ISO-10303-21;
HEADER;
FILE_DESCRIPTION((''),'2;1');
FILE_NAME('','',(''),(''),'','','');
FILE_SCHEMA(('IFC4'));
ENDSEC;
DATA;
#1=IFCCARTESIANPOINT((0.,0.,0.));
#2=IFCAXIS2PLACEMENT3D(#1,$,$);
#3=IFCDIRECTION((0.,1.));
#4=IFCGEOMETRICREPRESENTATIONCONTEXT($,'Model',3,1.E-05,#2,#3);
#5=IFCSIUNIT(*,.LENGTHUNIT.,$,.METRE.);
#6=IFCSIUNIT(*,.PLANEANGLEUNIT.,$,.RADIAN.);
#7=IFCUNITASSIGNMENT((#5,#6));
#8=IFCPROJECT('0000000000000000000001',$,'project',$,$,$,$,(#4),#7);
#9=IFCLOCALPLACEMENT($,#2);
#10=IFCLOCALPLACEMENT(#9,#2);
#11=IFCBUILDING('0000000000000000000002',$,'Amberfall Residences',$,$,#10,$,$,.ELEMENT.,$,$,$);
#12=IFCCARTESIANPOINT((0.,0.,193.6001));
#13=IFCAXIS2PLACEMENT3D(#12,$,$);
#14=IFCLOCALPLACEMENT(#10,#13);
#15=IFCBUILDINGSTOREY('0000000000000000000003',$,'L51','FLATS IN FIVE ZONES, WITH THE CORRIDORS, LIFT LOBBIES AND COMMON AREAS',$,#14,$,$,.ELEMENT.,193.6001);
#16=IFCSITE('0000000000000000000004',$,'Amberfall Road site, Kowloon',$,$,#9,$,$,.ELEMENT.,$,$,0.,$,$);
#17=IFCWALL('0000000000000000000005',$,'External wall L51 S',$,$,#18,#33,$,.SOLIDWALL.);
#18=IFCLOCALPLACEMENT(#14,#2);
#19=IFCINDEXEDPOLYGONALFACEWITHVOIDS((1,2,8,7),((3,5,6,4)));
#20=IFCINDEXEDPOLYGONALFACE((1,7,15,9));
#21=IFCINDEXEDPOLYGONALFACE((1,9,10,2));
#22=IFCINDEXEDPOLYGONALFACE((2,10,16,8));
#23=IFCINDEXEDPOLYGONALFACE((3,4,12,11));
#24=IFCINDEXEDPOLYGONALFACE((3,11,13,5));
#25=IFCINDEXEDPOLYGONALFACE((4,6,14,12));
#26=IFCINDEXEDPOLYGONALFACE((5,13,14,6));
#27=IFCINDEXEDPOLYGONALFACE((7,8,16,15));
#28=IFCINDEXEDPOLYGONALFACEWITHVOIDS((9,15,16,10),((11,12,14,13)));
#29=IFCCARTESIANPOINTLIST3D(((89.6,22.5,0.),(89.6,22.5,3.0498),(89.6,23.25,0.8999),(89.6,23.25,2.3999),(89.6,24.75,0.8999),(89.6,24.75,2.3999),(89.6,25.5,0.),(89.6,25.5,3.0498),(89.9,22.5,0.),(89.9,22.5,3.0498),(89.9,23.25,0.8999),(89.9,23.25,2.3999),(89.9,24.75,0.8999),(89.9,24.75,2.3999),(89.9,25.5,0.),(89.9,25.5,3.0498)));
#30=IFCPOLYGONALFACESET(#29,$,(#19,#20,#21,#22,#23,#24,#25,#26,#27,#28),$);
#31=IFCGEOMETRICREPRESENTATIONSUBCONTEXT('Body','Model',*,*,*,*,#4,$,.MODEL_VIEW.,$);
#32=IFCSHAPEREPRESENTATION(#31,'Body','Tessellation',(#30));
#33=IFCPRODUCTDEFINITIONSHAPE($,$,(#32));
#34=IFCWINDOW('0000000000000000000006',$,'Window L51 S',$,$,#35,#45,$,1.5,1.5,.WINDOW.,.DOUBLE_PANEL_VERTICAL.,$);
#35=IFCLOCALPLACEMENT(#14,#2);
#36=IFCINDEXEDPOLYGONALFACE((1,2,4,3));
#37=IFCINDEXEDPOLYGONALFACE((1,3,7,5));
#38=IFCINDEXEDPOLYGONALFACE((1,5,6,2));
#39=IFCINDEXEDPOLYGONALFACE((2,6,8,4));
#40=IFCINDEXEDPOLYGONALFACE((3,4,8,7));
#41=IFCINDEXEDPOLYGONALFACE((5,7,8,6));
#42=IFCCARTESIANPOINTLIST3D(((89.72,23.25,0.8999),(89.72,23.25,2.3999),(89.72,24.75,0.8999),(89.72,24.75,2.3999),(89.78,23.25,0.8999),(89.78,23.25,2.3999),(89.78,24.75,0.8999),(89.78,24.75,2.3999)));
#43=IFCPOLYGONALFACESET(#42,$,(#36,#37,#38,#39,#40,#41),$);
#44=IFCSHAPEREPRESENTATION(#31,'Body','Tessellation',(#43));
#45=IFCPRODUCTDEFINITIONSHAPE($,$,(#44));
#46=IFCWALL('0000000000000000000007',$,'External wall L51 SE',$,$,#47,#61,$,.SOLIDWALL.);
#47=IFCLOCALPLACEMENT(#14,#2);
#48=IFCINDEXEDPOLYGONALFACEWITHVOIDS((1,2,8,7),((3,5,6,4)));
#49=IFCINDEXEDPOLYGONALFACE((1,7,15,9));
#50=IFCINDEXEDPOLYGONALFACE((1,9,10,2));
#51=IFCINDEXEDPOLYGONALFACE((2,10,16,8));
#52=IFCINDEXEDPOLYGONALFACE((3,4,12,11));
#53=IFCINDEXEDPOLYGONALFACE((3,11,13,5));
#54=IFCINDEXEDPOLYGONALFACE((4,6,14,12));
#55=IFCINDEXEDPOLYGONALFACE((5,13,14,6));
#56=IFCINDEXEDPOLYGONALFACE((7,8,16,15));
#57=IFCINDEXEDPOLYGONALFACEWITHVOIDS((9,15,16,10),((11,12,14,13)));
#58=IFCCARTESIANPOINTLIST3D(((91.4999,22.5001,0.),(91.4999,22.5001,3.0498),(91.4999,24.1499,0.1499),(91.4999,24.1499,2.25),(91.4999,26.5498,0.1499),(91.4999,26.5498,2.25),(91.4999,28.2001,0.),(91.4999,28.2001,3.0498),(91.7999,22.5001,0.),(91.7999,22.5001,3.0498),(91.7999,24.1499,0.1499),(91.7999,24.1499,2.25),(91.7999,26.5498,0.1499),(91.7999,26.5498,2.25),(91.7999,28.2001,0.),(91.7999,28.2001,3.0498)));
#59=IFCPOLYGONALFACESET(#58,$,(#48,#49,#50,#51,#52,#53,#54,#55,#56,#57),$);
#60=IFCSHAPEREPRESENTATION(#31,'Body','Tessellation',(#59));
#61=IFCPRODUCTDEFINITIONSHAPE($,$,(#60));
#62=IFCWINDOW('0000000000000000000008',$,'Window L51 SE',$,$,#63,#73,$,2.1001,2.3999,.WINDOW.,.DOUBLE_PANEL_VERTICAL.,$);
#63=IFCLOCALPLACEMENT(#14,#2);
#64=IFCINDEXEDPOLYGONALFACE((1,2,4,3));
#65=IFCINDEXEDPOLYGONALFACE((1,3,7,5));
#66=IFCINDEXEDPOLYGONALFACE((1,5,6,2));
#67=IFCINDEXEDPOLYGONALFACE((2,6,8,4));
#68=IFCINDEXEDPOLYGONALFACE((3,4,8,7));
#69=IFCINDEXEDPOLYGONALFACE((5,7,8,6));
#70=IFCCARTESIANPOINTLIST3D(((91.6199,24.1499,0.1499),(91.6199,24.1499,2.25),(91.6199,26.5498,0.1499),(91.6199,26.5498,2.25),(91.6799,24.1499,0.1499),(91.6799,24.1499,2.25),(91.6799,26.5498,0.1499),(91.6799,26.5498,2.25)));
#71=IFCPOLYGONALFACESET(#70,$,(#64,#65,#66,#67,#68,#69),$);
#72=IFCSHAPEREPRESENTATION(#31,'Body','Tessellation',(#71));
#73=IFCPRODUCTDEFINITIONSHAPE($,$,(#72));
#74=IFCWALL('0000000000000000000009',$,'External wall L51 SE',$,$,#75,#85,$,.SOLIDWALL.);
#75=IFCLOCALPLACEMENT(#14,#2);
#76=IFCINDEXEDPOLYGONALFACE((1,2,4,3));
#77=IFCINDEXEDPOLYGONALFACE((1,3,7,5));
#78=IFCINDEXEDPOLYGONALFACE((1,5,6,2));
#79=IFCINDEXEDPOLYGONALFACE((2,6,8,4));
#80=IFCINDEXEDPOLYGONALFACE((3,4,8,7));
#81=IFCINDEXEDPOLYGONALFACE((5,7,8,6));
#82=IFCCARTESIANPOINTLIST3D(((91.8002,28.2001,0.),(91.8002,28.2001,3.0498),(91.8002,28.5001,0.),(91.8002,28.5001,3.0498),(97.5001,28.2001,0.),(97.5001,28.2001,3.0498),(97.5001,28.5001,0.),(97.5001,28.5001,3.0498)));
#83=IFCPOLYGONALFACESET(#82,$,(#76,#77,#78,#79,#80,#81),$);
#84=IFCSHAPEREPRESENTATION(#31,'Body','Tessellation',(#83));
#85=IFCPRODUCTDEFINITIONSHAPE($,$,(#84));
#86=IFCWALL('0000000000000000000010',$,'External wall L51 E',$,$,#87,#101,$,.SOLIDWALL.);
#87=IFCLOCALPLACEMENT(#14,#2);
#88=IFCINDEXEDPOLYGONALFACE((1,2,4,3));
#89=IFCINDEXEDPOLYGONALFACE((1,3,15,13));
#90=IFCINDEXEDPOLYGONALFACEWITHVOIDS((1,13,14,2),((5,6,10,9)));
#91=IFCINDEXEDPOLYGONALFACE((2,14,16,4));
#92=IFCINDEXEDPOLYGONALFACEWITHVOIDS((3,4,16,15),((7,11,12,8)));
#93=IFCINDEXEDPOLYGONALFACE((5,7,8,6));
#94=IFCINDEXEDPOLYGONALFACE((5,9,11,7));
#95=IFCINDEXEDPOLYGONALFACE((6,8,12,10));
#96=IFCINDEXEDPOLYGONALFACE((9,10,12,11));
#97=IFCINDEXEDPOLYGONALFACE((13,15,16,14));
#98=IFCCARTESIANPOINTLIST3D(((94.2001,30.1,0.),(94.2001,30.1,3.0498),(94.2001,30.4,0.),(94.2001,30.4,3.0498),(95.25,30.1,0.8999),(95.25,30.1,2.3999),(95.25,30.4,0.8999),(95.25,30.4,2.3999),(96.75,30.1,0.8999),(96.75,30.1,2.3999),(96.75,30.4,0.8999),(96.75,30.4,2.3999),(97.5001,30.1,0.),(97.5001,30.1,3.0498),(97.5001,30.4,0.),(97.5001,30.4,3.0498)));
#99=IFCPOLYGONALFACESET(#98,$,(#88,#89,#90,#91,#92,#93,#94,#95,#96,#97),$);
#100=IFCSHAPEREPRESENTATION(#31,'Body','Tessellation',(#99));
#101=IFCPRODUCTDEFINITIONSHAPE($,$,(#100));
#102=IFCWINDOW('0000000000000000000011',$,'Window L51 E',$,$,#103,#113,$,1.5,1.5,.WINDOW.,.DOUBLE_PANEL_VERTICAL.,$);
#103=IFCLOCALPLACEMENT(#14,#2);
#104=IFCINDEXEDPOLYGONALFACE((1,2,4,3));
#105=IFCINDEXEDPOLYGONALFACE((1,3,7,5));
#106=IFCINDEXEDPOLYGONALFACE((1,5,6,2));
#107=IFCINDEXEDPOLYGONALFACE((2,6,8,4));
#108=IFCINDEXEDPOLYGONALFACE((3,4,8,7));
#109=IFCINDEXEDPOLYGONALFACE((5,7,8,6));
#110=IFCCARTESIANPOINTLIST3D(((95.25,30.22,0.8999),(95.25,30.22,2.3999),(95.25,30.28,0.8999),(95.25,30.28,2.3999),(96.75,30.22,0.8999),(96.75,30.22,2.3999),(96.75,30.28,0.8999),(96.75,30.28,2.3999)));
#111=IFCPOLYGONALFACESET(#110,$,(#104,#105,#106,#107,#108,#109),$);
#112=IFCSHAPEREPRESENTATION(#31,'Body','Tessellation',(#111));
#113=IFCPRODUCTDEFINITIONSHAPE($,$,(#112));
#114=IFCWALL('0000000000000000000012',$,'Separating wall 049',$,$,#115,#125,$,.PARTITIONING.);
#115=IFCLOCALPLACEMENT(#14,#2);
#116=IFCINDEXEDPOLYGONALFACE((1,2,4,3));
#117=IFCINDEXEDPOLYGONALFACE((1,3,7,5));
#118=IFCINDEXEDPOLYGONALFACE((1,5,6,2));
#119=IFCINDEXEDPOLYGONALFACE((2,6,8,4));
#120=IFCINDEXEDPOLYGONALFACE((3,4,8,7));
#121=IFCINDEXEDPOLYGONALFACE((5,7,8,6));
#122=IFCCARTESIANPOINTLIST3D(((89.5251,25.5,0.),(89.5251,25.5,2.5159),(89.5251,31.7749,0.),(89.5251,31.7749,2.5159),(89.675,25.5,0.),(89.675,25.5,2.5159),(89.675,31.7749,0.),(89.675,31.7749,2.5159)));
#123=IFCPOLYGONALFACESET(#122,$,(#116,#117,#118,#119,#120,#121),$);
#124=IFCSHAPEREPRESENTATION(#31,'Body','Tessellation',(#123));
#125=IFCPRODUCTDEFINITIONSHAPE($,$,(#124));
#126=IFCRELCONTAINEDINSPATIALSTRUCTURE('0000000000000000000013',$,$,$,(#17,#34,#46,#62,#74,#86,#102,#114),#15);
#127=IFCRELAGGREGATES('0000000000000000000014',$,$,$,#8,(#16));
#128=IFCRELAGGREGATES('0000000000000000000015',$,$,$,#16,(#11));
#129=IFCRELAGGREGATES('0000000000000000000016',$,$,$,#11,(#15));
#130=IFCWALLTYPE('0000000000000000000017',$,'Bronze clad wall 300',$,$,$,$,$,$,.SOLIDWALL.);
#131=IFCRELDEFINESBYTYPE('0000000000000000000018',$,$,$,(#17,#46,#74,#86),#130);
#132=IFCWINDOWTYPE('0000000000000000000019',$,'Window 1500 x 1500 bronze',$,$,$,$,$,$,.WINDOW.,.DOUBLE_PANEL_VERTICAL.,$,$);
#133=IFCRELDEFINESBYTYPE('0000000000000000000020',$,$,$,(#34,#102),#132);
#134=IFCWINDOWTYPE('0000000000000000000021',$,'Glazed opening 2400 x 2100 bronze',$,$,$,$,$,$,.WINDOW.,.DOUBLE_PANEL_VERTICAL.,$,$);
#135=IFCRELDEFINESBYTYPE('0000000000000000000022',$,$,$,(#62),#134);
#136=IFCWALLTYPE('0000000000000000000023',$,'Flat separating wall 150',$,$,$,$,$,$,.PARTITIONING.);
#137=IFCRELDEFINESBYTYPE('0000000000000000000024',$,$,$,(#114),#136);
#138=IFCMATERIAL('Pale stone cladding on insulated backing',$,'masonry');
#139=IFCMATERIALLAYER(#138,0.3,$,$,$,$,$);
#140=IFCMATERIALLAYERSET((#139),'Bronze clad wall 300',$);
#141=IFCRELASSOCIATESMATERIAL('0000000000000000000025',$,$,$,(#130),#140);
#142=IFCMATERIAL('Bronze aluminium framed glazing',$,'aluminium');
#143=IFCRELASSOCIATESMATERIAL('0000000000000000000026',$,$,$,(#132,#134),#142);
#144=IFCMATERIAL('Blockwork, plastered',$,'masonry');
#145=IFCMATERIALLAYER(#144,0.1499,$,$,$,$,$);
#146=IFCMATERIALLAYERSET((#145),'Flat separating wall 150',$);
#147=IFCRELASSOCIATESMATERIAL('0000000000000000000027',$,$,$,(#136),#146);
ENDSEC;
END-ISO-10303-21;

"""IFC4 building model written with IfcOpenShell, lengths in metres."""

from ifc_helpers import new_model, si_unit, direction, frame, frame_2d, origin, place, context, subcontext, project, spatial, rectangle, extrude, material, layer, layer_set, type_object, element, fill, save


model = new_model("IFC4")

# Units and contexts
model_context = context("Model", 3, precision=1e-05, world=origin(), true_north=direction((0.0, 1.0)))
body_context = subcontext(model_context, "Body", "Model", "MODEL_VIEW")
ifc_project = project(units=[si_unit("LENGTHUNIT", "METRE"), si_unit("PLANEANGLEUNIT", "RADIAN")], contexts=[model_context])

# Site, building, storey
site_placement = place(None, origin())
site = spatial("IfcSite", under=ifc_project, at=site_placement, Name="Amberfall Road site, Kowloon", CompositionType="ELEMENT", RefElevation=0.0)
building_placement = place(site_placement, origin())
building = spatial("IfcBuilding", under=site, at=building_placement, Name="Amberfall Residences", CompositionType="ELEMENT")
storey_placement = place(building_placement, frame((0.0, 0.0, 193.6001)))
storey = spatial("IfcBuildingStorey", under=building, at=storey_placement, Name="L51", Description="FLATS IN FIVE ZONES, WITH THE CORRIDORS, LIFT LOBBIES AND COMMON AREAS", CompositionType="ELEMENT", Elevation=193.6001)

# Walls, openings, windows
ifc_material_1 = material(Name="Pale stone cladding on insulated backing", Category="masonry")
ifc_layer_1 = layer(ifc_material_1, 0.3)
ifc_layer_set_1 = layer_set([ifc_layer_1], Name="Bronze clad wall 300")
wall_type_1 = type_object("IfcWallType", Name="Bronze clad wall 300", PredefinedType="SOLIDWALL", material=ifc_layer_set_1)
wall_1_placement = place(storey_placement, frame((89.75, 25.5, 0.0), z_axis=(0.0, 0.0, 1.0), x_axis=(0.0, -1.0, 0.0)))
wall_1 = element("IfcWall", 1, at=wall_1_placement, inside=storey, type_object=wall_type_1, Name="External wall L51 S", PredefinedType="SOLIDWALL", context=body_context, shape_type="SweptSolid", body=[
    extrude(rectangle(XDim=3.0, YDim=0.3, at=frame_2d((1.5, 0.0))), origin(), (0.0, 0.0, 1.0), 3.0498),
])
opening_1_placement = place(wall_1_placement, frame((0.75, 0.0, 0.8999)))
opening_1 = element("IfcOpeningElement", 2, at=opening_1_placement, cuts=wall_1, PredefinedType="OPENING", context=body_context, shape_type="SweptSolid", body=[
    extrude(rectangle(XDim=1.5, YDim=1.5, at=frame_2d((0.75, 0.75))), frame((0.0, 0.1599, 0.0), z_axis=(0.0, -1.0, 0.0), x_axis=(1.0, 0.0, 0.0)), (0.0, 0.0, 1.0), 0.3201),
])
ifc_material_2 = material(Name="Bronze aluminium framed glazing", Category="aluminium")
window_type_1 = type_object("IfcWindowType", Name="Window 1500 x 1500 bronze", PartitioningType="DOUBLE_PANEL_VERTICAL", PredefinedType="WINDOW", material=ifc_material_2)
window_1_placement = place(opening_1_placement, origin())
window_1 = element("IfcWindow", 3, at=window_1_placement, inside=storey, type_object=window_type_1, Name="Window L51 S", OverallHeight=1.5, OverallWidth=1.5, PartitioningType="DOUBLE_PANEL_VERTICAL", PredefinedType="WINDOW", context=body_context, shape_type="SweptSolid", body=[
    extrude(rectangle(XDim=1.5, YDim=1.5, at=frame_2d((0.75, 0.75))), frame((0.0, 0.03, 0.0), z_axis=(0.0, -1.0, 0.0), x_axis=(1.0, 0.0, 0.0)), (0.0, 0.0, 1.0), 0.0601),
])
fill(opening_1, window_1)
wall_2_placement = place(storey_placement, frame((91.6499, 22.5, 0.0), z_axis=(0.0, 0.0, 1.0), x_axis=(0.0, 1.0, 0.0)))
wall_2 = element("IfcWall", 4, at=wall_2_placement, inside=storey, type_object=wall_type_1, Name="External wall L51 SE", PredefinedType="SOLIDWALL", context=body_context, shape_type="SweptSolid", body=[
    extrude(rectangle(XDim=5.7, YDim=0.3, at=frame_2d((2.8501, 0.0))), origin(), (0.0, 0.0, 1.0), 3.0498),
])
opening_2_placement = place(wall_2_placement, frame((1.6499, 0.0, 0.1499)))
opening_2 = element("IfcOpeningElement", 5, at=opening_2_placement, cuts=wall_2, PredefinedType="OPENING", context=body_context, shape_type="SweptSolid", body=[
    extrude(rectangle(XDim=2.3999, YDim=2.1001, at=frame_2d((1.2, 1.05))), frame((0.0, 0.1599, 0.0), z_axis=(0.0, -1.0, 0.0), x_axis=(1.0, 0.0, 0.0)), (0.0, 0.0, 1.0), 0.3201),
])
window_type_2 = type_object("IfcWindowType", Name="Glazed opening 2400 x 2100 bronze", PartitioningType="DOUBLE_PANEL_VERTICAL", PredefinedType="WINDOW", material=ifc_material_2)
window_2_placement = place(opening_2_placement, origin())
window_2 = element("IfcWindow", 6, at=window_2_placement, inside=storey, type_object=window_type_2, Name="Window L51 SE", OverallHeight=2.1001, OverallWidth=2.3999, PartitioningType="DOUBLE_PANEL_VERTICAL", PredefinedType="WINDOW", context=body_context, shape_type="SweptSolid", body=[
    extrude(rectangle(XDim=2.3999, YDim=2.1001, at=frame_2d((1.2, 1.05))), frame((0.0, 0.03, 0.0), z_axis=(0.0, -1.0, 0.0), x_axis=(1.0, 0.0, 0.0)), (0.0, 0.0, 1.0), 0.0601),
])
fill(opening_2, window_2)

# Wall
wall_3_placement = place(storey_placement, frame((91.8, 28.3501, 0.0), z_axis=(0.0, 0.0, 1.0), x_axis=(1.0, 0.0, 0.0)))
element("IfcWall", 7, at=wall_3_placement, inside=storey, type_object=wall_type_1, Name="External wall L51 SE", PredefinedType="SOLIDWALL", context=body_context, shape_type="SweptSolid", body=[
    extrude(rectangle(XDim=5.7, YDim=0.3, at=frame_2d((2.8501, 0.0))), origin(), (0.0, 0.0, 1.0), 3.0498),
])

# Wall, opening, window
wall_4_placement = place(storey_placement, frame((97.5, 30.25, 0.0), z_axis=(0.0, 0.0, 1.0), x_axis=(-1.0, 0.0, 0.0)))
wall_4 = element("IfcWall", 8, at=wall_4_placement, inside=storey, type_object=wall_type_1, Name="External wall L51 E", PredefinedType="SOLIDWALL", context=body_context, shape_type="SweptSolid", body=[
    extrude(rectangle(XDim=3.3, YDim=0.3, at=frame_2d((1.6499, 0.0))), origin(), (0.0, 0.0, 1.0), 3.0498),
])
opening_3_placement = place(wall_4_placement, frame((0.75, 0.0, 0.8999)))
opening_3 = element("IfcOpeningElement", 9, at=opening_3_placement, cuts=wall_4, PredefinedType="OPENING", context=body_context, shape_type="SweptSolid", body=[
    extrude(rectangle(XDim=1.5, YDim=1.5, at=frame_2d((0.75, 0.75))), frame((0.0, 0.1599, 0.0), z_axis=(0.0, -1.0, 0.0), x_axis=(1.0, 0.0, 0.0)), (0.0, 0.0, 1.0), 0.3201),
])
window_3_placement = place(opening_3_placement, origin())
window_3 = element("IfcWindow", 10, at=window_3_placement, inside=storey, type_object=window_type_1, Name="Window L51 E", OverallHeight=1.5, OverallWidth=1.5, PartitioningType="DOUBLE_PANEL_VERTICAL", PredefinedType="WINDOW", context=body_context, shape_type="SweptSolid", body=[
    extrude(rectangle(XDim=1.5, YDim=1.5, at=frame_2d((0.75, 0.75))), frame((0.0, 0.03, 0.0), z_axis=(0.0, -1.0, 0.0), x_axis=(1.0, 0.0, 0.0)), (0.0, 0.0, 1.0), 0.0601),
])
fill(opening_3, window_3)

# Wall
ifc_material_3 = material(Name="Blockwork, plastered", Category="masonry")
ifc_layer_2 = layer(ifc_material_3, 0.1499)
ifc_layer_set_2 = layer_set([ifc_layer_2], Name="Flat separating wall 150")
wall_type_2 = type_object("IfcWallType", Name="Flat separating wall 150", PredefinedType="PARTITIONING", material=ifc_layer_set_2)
wall_5_placement = place(storey_placement, frame((89.6001, 25.5, 0.0), z_axis=(0.0, 0.0, 1.0), x_axis=(0.0, 1.0, 0.0)))
element("IfcWall", 11, at=wall_5_placement, inside=storey, type_object=wall_type_2, Name="Separating wall 049", PredefinedType="PARTITIONING", context=body_context, shape_type="SweptSolid", body=[
    extrude(rectangle(XDim=6.2749, YDim=0.1499, at=frame_2d((3.1375, 0.0))), origin(), (0.0, 0.0, 1.0), 2.5159),
])

save(model, "model.ifc")
